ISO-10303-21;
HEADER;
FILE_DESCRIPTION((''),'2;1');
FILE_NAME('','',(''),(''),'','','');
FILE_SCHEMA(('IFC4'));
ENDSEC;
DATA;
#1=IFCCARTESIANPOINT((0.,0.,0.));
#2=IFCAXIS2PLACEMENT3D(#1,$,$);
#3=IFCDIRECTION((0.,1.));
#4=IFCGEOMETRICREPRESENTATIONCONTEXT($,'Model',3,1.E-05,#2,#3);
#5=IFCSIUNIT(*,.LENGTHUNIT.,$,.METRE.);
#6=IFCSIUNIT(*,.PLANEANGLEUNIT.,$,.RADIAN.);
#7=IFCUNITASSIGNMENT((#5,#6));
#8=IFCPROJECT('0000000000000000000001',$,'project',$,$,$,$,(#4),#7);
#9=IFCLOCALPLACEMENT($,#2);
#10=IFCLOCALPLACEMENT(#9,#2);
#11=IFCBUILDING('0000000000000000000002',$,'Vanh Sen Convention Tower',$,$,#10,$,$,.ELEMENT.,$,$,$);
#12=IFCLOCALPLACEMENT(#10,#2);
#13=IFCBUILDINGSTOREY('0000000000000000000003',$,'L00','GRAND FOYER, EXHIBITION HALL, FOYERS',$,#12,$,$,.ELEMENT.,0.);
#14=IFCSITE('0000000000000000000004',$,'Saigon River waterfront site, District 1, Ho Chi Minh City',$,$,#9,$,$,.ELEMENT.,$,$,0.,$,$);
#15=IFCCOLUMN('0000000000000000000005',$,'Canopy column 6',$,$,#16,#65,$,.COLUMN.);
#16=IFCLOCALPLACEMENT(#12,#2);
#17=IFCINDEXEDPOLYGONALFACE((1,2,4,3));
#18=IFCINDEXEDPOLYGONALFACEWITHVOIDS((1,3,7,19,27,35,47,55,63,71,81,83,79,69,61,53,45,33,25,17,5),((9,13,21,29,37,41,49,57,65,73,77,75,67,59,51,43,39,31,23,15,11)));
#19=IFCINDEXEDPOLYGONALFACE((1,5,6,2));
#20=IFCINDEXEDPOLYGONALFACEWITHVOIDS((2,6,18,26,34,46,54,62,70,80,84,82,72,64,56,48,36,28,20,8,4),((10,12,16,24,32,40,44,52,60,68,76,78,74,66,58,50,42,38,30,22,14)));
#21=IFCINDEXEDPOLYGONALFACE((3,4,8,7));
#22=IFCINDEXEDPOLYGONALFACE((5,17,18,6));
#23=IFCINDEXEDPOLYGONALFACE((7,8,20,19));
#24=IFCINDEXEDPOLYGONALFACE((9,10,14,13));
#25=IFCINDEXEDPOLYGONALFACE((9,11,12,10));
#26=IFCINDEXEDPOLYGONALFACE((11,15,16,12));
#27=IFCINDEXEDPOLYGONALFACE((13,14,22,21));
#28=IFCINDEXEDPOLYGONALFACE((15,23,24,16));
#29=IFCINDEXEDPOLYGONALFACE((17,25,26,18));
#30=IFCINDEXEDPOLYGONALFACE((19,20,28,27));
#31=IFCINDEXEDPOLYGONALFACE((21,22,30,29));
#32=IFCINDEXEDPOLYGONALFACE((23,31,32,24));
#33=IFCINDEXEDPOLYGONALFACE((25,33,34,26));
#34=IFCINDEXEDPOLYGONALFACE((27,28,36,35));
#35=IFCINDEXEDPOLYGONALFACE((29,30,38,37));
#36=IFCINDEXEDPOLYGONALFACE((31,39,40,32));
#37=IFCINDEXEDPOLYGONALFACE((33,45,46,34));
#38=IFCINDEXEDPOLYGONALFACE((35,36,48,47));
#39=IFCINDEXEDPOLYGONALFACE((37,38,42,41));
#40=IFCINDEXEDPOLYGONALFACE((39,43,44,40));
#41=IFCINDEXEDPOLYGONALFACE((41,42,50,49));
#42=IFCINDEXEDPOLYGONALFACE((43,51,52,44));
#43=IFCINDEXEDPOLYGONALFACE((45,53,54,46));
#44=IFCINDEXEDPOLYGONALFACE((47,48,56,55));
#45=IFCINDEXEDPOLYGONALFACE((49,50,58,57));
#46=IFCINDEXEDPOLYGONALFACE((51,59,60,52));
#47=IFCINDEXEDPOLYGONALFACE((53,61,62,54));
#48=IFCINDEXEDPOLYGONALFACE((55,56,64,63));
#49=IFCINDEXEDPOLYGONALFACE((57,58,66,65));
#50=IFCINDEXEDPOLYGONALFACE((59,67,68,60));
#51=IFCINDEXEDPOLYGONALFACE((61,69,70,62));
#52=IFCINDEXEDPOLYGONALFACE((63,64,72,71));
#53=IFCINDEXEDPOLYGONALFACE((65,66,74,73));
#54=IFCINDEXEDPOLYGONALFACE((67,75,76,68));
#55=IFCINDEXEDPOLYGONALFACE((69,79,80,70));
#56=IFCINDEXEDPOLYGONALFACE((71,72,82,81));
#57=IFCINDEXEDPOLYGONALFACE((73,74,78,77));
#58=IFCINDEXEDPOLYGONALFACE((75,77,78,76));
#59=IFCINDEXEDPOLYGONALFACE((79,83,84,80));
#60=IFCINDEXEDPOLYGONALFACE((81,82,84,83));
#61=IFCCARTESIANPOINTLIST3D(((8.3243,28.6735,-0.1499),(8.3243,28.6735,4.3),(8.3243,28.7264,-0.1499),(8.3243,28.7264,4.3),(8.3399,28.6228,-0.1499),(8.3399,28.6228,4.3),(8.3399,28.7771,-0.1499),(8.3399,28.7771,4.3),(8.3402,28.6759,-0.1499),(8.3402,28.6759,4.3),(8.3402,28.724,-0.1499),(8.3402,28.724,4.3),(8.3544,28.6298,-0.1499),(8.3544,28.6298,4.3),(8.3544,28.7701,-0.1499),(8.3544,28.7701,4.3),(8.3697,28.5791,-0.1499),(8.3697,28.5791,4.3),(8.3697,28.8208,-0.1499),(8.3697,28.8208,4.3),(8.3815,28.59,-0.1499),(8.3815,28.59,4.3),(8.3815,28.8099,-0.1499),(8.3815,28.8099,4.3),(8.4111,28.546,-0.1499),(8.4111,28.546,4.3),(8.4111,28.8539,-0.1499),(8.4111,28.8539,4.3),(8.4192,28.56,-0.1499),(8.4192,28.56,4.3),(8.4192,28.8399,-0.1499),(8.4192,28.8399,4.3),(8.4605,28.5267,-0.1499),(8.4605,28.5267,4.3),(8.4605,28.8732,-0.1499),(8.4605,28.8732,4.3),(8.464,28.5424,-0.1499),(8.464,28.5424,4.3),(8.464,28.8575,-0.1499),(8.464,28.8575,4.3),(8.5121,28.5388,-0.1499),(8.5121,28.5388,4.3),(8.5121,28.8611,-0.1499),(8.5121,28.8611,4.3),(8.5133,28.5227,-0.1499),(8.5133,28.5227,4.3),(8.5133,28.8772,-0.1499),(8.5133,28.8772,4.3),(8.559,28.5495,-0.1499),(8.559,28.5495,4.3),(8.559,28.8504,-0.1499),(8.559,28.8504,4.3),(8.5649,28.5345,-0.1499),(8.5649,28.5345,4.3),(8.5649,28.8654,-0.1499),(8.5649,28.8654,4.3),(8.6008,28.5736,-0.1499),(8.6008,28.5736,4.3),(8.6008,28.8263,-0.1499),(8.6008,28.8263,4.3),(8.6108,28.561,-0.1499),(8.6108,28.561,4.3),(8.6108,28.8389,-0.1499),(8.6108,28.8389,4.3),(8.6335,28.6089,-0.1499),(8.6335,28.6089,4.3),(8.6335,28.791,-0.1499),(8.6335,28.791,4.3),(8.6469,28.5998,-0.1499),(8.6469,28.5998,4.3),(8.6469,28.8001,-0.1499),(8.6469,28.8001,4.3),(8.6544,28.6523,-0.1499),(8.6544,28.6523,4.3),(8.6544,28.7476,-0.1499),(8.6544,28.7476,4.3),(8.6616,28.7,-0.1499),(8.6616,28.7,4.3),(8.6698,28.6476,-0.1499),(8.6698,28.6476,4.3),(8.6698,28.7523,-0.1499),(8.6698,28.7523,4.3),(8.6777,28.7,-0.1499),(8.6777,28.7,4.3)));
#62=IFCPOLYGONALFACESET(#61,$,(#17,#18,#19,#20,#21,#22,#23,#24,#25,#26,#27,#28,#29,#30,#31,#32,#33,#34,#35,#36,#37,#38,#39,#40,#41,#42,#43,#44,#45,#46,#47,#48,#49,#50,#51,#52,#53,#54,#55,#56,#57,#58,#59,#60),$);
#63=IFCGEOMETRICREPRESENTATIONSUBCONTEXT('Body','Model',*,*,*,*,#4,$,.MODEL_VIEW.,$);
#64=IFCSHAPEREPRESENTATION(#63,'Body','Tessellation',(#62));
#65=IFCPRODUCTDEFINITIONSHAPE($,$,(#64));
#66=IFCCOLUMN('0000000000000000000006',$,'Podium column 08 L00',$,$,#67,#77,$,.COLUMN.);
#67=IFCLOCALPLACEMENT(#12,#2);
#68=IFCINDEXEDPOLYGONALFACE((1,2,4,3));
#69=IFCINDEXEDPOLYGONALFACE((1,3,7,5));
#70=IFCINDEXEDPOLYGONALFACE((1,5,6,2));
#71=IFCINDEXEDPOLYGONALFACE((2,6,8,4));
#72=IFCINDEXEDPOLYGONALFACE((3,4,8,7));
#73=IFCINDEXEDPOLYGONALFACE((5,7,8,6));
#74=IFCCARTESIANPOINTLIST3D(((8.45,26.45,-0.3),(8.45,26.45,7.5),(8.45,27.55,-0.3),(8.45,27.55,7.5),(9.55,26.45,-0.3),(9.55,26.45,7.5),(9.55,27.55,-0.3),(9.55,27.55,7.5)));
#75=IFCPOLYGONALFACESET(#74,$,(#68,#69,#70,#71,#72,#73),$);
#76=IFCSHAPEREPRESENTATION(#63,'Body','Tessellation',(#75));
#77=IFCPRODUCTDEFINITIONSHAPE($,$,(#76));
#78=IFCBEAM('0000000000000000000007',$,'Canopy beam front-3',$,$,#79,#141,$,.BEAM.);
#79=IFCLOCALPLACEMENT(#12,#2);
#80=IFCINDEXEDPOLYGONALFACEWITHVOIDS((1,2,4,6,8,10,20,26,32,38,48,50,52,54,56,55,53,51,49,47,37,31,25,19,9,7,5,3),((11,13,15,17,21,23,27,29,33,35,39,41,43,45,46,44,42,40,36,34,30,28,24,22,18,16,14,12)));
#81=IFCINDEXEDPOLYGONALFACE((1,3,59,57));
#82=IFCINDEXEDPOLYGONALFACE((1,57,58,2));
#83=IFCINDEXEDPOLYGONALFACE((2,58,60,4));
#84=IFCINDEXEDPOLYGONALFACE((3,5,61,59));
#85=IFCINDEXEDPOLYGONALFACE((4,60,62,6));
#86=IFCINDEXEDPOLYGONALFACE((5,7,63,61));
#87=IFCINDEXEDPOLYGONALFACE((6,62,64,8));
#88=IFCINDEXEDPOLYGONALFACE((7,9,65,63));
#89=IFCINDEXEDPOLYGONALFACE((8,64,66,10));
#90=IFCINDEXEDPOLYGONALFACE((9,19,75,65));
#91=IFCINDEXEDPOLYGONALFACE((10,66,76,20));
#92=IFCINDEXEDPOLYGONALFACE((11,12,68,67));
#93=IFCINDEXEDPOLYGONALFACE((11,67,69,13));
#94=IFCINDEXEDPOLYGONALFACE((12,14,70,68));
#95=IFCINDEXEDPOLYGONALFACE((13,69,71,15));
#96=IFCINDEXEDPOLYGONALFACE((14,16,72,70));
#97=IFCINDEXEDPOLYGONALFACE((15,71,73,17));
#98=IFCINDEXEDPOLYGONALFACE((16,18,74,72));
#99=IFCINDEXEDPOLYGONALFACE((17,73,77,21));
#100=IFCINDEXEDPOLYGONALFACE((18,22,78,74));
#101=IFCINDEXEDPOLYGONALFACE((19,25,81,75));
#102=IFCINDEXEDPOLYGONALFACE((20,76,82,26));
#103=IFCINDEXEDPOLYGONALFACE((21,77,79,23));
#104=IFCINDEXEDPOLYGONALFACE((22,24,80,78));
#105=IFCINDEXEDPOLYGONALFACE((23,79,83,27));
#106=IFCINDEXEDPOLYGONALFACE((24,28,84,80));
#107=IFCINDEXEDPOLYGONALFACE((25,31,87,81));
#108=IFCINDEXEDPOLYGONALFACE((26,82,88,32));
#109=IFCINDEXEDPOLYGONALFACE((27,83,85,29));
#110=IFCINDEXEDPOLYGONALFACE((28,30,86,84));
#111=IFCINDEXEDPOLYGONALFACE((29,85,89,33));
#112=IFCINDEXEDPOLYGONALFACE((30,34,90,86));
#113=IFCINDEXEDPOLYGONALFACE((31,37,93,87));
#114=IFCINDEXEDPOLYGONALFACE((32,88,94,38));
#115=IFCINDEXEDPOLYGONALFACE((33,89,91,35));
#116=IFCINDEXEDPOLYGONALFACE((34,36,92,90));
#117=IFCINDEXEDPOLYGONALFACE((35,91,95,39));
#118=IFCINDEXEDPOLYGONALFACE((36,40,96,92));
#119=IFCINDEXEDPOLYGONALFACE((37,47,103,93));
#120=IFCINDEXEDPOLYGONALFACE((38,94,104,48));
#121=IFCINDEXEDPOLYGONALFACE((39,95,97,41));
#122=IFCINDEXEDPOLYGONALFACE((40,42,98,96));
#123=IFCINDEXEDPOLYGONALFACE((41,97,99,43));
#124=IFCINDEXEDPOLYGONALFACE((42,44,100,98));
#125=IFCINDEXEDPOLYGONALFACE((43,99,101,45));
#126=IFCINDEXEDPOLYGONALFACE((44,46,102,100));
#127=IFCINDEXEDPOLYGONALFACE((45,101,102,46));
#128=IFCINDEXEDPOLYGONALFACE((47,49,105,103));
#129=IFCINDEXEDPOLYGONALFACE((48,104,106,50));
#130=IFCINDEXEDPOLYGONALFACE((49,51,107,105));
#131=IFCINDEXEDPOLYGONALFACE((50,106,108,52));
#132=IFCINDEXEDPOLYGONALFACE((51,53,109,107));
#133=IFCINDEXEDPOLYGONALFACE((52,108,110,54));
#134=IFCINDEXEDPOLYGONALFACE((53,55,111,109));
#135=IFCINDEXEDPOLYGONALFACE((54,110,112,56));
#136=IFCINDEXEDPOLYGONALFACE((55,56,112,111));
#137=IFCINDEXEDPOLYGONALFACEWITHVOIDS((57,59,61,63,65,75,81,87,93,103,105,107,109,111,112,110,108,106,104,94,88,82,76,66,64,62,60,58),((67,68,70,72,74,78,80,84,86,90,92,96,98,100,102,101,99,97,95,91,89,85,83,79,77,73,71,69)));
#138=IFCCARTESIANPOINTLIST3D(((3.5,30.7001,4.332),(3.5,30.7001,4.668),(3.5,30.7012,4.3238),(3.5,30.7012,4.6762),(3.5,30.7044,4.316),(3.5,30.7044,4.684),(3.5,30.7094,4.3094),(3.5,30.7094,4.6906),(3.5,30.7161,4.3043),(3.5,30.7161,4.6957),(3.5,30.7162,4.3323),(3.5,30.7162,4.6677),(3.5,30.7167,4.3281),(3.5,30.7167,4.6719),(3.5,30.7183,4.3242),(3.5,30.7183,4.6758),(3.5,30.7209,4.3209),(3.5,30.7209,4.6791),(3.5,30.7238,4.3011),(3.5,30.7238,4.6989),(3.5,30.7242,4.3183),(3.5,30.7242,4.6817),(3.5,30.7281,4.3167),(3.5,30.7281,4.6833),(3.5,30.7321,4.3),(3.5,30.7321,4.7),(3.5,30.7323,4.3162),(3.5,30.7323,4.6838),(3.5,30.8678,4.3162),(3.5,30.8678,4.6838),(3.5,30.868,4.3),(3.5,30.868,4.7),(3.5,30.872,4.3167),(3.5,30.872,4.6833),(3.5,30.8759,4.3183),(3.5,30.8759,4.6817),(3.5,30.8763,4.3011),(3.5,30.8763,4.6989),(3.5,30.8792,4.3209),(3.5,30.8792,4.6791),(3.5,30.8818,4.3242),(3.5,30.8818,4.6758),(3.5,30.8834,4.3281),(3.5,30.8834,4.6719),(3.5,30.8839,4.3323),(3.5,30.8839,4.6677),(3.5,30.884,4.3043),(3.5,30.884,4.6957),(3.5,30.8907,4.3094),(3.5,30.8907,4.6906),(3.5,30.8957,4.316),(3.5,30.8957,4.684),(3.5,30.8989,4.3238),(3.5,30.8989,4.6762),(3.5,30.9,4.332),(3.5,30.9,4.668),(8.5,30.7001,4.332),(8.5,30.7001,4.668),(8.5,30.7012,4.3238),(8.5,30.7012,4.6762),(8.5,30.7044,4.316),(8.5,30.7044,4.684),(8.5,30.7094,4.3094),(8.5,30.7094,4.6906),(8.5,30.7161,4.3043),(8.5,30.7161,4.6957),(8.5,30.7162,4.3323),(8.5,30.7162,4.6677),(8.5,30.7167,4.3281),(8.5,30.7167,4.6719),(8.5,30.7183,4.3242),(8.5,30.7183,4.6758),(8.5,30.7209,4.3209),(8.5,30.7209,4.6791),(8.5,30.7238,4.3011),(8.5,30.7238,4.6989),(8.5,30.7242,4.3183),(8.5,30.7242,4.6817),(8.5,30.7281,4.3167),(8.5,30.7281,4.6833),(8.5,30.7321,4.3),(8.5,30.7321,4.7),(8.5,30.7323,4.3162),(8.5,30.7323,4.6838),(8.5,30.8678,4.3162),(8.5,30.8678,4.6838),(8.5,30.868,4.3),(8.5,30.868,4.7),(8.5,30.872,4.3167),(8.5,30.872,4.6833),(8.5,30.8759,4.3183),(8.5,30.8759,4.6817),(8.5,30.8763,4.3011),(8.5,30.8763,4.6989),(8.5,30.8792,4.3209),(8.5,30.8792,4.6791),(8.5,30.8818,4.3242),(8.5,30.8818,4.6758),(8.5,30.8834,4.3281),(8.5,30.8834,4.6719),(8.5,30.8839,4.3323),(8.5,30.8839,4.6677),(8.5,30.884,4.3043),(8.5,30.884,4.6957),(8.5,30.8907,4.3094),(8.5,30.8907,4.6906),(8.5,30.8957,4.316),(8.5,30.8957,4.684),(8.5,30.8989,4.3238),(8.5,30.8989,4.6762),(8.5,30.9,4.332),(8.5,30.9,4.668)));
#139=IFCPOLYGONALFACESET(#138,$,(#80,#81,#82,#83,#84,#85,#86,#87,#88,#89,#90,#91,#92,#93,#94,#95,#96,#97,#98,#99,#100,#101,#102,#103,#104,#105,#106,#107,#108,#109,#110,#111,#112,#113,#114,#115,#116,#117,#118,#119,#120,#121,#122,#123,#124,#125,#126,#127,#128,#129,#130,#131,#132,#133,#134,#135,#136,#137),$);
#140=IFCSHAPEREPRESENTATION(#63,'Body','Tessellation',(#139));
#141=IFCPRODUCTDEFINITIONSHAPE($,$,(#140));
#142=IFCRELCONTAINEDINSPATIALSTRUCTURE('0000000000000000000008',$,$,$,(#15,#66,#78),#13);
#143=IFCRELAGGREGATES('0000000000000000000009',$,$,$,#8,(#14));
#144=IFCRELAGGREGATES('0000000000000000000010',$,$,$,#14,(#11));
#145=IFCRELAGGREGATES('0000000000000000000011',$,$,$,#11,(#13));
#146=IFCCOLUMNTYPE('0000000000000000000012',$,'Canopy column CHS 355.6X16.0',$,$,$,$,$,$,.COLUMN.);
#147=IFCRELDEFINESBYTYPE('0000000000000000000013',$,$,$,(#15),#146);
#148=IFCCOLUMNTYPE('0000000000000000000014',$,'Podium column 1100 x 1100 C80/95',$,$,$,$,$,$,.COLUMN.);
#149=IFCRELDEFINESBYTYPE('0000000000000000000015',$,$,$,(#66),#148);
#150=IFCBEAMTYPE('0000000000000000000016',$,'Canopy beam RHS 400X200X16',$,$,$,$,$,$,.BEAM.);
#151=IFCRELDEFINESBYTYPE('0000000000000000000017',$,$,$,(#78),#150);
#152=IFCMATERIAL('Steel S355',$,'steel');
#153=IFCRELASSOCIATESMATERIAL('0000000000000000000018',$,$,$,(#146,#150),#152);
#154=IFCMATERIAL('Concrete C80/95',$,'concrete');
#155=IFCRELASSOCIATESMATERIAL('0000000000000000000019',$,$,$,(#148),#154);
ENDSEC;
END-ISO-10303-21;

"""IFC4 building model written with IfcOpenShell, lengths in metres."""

from ifc_helpers import new_model, si_unit, direction, frame, origin, origin_2d, place, context, subcontext, project, spatial, rectangle, hollow_rectangle, hollow_circle, extrude, material, material_profile, profile_set, type_object, element, save


model = new_model("IFC4")

# Units and contexts
model_context = context("Model", 3, precision=1e-05, world=origin(), true_north=direction((0.0, 1.0)))
body_context = subcontext(model_context, "Body", "Model", "MODEL_VIEW")
ifc_project = project(units=[si_unit("LENGTHUNIT", "METRE"), si_unit("PLANEANGLEUNIT", "RADIAN")], contexts=[model_context])

# Site, building, storey
site_placement = place(None, origin())
site = spatial("IfcSite", under=ifc_project, at=site_placement, Name="Saigon River waterfront site, District 1, Ho Chi Minh City", CompositionType="ELEMENT", RefElevation=0.0)
building_placement = place(site_placement, origin())
building = spatial("IfcBuilding", under=site, at=building_placement, Name="Vanh Sen Convention Tower", CompositionType="ELEMENT")
storey_placement = place(building_placement, origin())
storey = spatial("IfcBuildingStorey", under=building, at=storey_placement, Name="L00", Description="GRAND FOYER, EXHIBITION HALL, FOYERS", CompositionType="ELEMENT", Elevation=0.0)

# Columns
ifc_material_1 = material(Name="Steel S355", Category="steel")
ifc_material_profile_1 = material_profile(ifc_material_1, hollow_circle(Radius=0.1777, WallThickness=0.0161, at=origin_2d()), Name="CHS 355.6X16.0")
ifc_profile_set_1 = profile_set([ifc_material_profile_1], Name="Steel S355")
column_type_1 = type_object("IfcColumnType", Name="Canopy column CHS 355.6X16.0", PredefinedType="COLUMN", material=ifc_profile_set_1)
for number, where, z_axis, x_axis, name in (
    (1, (8.5, 28.7, -0.1499), (0.0, 0.0, 1.0), (1.0, 0.0, 0.0), "Canopy column 6"),
):
    element("IfcColumn", number, at=place(storey_placement, frame(where, z_axis=z_axis, x_axis=x_axis)), inside=storey, type_object=column_type_1, Name=name, PredefinedType="COLUMN", context=body_context, shape_type="SweptSolid", body=[
        extrude(hollow_circle(Radius=0.1777, WallThickness=0.0161, at=origin_2d()), origin(), (0.0, 0.0, 1.0), 4.45),
    ])
ifc_material_2 = material(Name="Concrete C80/95", Category="concrete")
ifc_material_profile_2 = material_profile(ifc_material_2, rectangle(XDim=1.1001, YDim=1.1001, at=origin_2d()), Name="RC 1100X1100")
ifc_profile_set_2 = profile_set([ifc_material_profile_2], Name="Concrete C80/95")
column_type_2 = type_object("IfcColumnType", Name="Podium column 1100 x 1100 C80/95", PredefinedType="COLUMN", material=ifc_profile_set_2)
column_placement = place(storey_placement, frame((9.0, 27.0, -0.3), z_axis=(0.0, 0.0, 1.0), x_axis=(1.0, 0.0, 0.0)))
element("IfcColumn", 2, at=column_placement, inside=storey, type_object=column_type_2, Name="Podium column 08 L00", PredefinedType="COLUMN", context=body_context, shape_type="SweptSolid", body=[
    extrude(rectangle(XDim=1.1001, YDim=1.1001, at=origin_2d()), origin(), (0.0, 0.0, 1.0), 7.8),
])

# Beam
ifc_material_profile_3 = material_profile(ifc_material_1, hollow_rectangle(XDim=0.2, YDim=0.3999, WallThickness=0.0161, InnerFilletRadius=0.0161, OuterFilletRadius=0.032, at=origin_2d()), Name="RHS 400X200X16")
ifc_profile_set_3 = profile_set([ifc_material_profile_3], Name="Steel S355")
beam_type_1 = type_object("IfcBeamType", Name="Canopy beam RHS 400X200X16", PredefinedType="BEAM", material=ifc_profile_set_3)
beam_1_placement = place(storey_placement, frame((3.5, 30.8, 4.5), z_axis=(1.0, 0.0, 0.0), x_axis=(0.0, 1.0, 0.0)))
element("IfcBeam", 3, at=beam_1_placement, inside=storey, type_object=beam_type_1, Name="Canopy beam front-3", PredefinedType="BEAM", context=body_context, shape_type="SweptSolid", body=[
    extrude(hollow_rectangle(XDim=0.2, YDim=0.3999, WallThickness=0.0161, InnerFilletRadius=0.0161, OuterFilletRadius=0.032, at=origin_2d()), origin(), (0.0, 0.0, 1.0), 5.0),
])

save(model, "model.ifc")
